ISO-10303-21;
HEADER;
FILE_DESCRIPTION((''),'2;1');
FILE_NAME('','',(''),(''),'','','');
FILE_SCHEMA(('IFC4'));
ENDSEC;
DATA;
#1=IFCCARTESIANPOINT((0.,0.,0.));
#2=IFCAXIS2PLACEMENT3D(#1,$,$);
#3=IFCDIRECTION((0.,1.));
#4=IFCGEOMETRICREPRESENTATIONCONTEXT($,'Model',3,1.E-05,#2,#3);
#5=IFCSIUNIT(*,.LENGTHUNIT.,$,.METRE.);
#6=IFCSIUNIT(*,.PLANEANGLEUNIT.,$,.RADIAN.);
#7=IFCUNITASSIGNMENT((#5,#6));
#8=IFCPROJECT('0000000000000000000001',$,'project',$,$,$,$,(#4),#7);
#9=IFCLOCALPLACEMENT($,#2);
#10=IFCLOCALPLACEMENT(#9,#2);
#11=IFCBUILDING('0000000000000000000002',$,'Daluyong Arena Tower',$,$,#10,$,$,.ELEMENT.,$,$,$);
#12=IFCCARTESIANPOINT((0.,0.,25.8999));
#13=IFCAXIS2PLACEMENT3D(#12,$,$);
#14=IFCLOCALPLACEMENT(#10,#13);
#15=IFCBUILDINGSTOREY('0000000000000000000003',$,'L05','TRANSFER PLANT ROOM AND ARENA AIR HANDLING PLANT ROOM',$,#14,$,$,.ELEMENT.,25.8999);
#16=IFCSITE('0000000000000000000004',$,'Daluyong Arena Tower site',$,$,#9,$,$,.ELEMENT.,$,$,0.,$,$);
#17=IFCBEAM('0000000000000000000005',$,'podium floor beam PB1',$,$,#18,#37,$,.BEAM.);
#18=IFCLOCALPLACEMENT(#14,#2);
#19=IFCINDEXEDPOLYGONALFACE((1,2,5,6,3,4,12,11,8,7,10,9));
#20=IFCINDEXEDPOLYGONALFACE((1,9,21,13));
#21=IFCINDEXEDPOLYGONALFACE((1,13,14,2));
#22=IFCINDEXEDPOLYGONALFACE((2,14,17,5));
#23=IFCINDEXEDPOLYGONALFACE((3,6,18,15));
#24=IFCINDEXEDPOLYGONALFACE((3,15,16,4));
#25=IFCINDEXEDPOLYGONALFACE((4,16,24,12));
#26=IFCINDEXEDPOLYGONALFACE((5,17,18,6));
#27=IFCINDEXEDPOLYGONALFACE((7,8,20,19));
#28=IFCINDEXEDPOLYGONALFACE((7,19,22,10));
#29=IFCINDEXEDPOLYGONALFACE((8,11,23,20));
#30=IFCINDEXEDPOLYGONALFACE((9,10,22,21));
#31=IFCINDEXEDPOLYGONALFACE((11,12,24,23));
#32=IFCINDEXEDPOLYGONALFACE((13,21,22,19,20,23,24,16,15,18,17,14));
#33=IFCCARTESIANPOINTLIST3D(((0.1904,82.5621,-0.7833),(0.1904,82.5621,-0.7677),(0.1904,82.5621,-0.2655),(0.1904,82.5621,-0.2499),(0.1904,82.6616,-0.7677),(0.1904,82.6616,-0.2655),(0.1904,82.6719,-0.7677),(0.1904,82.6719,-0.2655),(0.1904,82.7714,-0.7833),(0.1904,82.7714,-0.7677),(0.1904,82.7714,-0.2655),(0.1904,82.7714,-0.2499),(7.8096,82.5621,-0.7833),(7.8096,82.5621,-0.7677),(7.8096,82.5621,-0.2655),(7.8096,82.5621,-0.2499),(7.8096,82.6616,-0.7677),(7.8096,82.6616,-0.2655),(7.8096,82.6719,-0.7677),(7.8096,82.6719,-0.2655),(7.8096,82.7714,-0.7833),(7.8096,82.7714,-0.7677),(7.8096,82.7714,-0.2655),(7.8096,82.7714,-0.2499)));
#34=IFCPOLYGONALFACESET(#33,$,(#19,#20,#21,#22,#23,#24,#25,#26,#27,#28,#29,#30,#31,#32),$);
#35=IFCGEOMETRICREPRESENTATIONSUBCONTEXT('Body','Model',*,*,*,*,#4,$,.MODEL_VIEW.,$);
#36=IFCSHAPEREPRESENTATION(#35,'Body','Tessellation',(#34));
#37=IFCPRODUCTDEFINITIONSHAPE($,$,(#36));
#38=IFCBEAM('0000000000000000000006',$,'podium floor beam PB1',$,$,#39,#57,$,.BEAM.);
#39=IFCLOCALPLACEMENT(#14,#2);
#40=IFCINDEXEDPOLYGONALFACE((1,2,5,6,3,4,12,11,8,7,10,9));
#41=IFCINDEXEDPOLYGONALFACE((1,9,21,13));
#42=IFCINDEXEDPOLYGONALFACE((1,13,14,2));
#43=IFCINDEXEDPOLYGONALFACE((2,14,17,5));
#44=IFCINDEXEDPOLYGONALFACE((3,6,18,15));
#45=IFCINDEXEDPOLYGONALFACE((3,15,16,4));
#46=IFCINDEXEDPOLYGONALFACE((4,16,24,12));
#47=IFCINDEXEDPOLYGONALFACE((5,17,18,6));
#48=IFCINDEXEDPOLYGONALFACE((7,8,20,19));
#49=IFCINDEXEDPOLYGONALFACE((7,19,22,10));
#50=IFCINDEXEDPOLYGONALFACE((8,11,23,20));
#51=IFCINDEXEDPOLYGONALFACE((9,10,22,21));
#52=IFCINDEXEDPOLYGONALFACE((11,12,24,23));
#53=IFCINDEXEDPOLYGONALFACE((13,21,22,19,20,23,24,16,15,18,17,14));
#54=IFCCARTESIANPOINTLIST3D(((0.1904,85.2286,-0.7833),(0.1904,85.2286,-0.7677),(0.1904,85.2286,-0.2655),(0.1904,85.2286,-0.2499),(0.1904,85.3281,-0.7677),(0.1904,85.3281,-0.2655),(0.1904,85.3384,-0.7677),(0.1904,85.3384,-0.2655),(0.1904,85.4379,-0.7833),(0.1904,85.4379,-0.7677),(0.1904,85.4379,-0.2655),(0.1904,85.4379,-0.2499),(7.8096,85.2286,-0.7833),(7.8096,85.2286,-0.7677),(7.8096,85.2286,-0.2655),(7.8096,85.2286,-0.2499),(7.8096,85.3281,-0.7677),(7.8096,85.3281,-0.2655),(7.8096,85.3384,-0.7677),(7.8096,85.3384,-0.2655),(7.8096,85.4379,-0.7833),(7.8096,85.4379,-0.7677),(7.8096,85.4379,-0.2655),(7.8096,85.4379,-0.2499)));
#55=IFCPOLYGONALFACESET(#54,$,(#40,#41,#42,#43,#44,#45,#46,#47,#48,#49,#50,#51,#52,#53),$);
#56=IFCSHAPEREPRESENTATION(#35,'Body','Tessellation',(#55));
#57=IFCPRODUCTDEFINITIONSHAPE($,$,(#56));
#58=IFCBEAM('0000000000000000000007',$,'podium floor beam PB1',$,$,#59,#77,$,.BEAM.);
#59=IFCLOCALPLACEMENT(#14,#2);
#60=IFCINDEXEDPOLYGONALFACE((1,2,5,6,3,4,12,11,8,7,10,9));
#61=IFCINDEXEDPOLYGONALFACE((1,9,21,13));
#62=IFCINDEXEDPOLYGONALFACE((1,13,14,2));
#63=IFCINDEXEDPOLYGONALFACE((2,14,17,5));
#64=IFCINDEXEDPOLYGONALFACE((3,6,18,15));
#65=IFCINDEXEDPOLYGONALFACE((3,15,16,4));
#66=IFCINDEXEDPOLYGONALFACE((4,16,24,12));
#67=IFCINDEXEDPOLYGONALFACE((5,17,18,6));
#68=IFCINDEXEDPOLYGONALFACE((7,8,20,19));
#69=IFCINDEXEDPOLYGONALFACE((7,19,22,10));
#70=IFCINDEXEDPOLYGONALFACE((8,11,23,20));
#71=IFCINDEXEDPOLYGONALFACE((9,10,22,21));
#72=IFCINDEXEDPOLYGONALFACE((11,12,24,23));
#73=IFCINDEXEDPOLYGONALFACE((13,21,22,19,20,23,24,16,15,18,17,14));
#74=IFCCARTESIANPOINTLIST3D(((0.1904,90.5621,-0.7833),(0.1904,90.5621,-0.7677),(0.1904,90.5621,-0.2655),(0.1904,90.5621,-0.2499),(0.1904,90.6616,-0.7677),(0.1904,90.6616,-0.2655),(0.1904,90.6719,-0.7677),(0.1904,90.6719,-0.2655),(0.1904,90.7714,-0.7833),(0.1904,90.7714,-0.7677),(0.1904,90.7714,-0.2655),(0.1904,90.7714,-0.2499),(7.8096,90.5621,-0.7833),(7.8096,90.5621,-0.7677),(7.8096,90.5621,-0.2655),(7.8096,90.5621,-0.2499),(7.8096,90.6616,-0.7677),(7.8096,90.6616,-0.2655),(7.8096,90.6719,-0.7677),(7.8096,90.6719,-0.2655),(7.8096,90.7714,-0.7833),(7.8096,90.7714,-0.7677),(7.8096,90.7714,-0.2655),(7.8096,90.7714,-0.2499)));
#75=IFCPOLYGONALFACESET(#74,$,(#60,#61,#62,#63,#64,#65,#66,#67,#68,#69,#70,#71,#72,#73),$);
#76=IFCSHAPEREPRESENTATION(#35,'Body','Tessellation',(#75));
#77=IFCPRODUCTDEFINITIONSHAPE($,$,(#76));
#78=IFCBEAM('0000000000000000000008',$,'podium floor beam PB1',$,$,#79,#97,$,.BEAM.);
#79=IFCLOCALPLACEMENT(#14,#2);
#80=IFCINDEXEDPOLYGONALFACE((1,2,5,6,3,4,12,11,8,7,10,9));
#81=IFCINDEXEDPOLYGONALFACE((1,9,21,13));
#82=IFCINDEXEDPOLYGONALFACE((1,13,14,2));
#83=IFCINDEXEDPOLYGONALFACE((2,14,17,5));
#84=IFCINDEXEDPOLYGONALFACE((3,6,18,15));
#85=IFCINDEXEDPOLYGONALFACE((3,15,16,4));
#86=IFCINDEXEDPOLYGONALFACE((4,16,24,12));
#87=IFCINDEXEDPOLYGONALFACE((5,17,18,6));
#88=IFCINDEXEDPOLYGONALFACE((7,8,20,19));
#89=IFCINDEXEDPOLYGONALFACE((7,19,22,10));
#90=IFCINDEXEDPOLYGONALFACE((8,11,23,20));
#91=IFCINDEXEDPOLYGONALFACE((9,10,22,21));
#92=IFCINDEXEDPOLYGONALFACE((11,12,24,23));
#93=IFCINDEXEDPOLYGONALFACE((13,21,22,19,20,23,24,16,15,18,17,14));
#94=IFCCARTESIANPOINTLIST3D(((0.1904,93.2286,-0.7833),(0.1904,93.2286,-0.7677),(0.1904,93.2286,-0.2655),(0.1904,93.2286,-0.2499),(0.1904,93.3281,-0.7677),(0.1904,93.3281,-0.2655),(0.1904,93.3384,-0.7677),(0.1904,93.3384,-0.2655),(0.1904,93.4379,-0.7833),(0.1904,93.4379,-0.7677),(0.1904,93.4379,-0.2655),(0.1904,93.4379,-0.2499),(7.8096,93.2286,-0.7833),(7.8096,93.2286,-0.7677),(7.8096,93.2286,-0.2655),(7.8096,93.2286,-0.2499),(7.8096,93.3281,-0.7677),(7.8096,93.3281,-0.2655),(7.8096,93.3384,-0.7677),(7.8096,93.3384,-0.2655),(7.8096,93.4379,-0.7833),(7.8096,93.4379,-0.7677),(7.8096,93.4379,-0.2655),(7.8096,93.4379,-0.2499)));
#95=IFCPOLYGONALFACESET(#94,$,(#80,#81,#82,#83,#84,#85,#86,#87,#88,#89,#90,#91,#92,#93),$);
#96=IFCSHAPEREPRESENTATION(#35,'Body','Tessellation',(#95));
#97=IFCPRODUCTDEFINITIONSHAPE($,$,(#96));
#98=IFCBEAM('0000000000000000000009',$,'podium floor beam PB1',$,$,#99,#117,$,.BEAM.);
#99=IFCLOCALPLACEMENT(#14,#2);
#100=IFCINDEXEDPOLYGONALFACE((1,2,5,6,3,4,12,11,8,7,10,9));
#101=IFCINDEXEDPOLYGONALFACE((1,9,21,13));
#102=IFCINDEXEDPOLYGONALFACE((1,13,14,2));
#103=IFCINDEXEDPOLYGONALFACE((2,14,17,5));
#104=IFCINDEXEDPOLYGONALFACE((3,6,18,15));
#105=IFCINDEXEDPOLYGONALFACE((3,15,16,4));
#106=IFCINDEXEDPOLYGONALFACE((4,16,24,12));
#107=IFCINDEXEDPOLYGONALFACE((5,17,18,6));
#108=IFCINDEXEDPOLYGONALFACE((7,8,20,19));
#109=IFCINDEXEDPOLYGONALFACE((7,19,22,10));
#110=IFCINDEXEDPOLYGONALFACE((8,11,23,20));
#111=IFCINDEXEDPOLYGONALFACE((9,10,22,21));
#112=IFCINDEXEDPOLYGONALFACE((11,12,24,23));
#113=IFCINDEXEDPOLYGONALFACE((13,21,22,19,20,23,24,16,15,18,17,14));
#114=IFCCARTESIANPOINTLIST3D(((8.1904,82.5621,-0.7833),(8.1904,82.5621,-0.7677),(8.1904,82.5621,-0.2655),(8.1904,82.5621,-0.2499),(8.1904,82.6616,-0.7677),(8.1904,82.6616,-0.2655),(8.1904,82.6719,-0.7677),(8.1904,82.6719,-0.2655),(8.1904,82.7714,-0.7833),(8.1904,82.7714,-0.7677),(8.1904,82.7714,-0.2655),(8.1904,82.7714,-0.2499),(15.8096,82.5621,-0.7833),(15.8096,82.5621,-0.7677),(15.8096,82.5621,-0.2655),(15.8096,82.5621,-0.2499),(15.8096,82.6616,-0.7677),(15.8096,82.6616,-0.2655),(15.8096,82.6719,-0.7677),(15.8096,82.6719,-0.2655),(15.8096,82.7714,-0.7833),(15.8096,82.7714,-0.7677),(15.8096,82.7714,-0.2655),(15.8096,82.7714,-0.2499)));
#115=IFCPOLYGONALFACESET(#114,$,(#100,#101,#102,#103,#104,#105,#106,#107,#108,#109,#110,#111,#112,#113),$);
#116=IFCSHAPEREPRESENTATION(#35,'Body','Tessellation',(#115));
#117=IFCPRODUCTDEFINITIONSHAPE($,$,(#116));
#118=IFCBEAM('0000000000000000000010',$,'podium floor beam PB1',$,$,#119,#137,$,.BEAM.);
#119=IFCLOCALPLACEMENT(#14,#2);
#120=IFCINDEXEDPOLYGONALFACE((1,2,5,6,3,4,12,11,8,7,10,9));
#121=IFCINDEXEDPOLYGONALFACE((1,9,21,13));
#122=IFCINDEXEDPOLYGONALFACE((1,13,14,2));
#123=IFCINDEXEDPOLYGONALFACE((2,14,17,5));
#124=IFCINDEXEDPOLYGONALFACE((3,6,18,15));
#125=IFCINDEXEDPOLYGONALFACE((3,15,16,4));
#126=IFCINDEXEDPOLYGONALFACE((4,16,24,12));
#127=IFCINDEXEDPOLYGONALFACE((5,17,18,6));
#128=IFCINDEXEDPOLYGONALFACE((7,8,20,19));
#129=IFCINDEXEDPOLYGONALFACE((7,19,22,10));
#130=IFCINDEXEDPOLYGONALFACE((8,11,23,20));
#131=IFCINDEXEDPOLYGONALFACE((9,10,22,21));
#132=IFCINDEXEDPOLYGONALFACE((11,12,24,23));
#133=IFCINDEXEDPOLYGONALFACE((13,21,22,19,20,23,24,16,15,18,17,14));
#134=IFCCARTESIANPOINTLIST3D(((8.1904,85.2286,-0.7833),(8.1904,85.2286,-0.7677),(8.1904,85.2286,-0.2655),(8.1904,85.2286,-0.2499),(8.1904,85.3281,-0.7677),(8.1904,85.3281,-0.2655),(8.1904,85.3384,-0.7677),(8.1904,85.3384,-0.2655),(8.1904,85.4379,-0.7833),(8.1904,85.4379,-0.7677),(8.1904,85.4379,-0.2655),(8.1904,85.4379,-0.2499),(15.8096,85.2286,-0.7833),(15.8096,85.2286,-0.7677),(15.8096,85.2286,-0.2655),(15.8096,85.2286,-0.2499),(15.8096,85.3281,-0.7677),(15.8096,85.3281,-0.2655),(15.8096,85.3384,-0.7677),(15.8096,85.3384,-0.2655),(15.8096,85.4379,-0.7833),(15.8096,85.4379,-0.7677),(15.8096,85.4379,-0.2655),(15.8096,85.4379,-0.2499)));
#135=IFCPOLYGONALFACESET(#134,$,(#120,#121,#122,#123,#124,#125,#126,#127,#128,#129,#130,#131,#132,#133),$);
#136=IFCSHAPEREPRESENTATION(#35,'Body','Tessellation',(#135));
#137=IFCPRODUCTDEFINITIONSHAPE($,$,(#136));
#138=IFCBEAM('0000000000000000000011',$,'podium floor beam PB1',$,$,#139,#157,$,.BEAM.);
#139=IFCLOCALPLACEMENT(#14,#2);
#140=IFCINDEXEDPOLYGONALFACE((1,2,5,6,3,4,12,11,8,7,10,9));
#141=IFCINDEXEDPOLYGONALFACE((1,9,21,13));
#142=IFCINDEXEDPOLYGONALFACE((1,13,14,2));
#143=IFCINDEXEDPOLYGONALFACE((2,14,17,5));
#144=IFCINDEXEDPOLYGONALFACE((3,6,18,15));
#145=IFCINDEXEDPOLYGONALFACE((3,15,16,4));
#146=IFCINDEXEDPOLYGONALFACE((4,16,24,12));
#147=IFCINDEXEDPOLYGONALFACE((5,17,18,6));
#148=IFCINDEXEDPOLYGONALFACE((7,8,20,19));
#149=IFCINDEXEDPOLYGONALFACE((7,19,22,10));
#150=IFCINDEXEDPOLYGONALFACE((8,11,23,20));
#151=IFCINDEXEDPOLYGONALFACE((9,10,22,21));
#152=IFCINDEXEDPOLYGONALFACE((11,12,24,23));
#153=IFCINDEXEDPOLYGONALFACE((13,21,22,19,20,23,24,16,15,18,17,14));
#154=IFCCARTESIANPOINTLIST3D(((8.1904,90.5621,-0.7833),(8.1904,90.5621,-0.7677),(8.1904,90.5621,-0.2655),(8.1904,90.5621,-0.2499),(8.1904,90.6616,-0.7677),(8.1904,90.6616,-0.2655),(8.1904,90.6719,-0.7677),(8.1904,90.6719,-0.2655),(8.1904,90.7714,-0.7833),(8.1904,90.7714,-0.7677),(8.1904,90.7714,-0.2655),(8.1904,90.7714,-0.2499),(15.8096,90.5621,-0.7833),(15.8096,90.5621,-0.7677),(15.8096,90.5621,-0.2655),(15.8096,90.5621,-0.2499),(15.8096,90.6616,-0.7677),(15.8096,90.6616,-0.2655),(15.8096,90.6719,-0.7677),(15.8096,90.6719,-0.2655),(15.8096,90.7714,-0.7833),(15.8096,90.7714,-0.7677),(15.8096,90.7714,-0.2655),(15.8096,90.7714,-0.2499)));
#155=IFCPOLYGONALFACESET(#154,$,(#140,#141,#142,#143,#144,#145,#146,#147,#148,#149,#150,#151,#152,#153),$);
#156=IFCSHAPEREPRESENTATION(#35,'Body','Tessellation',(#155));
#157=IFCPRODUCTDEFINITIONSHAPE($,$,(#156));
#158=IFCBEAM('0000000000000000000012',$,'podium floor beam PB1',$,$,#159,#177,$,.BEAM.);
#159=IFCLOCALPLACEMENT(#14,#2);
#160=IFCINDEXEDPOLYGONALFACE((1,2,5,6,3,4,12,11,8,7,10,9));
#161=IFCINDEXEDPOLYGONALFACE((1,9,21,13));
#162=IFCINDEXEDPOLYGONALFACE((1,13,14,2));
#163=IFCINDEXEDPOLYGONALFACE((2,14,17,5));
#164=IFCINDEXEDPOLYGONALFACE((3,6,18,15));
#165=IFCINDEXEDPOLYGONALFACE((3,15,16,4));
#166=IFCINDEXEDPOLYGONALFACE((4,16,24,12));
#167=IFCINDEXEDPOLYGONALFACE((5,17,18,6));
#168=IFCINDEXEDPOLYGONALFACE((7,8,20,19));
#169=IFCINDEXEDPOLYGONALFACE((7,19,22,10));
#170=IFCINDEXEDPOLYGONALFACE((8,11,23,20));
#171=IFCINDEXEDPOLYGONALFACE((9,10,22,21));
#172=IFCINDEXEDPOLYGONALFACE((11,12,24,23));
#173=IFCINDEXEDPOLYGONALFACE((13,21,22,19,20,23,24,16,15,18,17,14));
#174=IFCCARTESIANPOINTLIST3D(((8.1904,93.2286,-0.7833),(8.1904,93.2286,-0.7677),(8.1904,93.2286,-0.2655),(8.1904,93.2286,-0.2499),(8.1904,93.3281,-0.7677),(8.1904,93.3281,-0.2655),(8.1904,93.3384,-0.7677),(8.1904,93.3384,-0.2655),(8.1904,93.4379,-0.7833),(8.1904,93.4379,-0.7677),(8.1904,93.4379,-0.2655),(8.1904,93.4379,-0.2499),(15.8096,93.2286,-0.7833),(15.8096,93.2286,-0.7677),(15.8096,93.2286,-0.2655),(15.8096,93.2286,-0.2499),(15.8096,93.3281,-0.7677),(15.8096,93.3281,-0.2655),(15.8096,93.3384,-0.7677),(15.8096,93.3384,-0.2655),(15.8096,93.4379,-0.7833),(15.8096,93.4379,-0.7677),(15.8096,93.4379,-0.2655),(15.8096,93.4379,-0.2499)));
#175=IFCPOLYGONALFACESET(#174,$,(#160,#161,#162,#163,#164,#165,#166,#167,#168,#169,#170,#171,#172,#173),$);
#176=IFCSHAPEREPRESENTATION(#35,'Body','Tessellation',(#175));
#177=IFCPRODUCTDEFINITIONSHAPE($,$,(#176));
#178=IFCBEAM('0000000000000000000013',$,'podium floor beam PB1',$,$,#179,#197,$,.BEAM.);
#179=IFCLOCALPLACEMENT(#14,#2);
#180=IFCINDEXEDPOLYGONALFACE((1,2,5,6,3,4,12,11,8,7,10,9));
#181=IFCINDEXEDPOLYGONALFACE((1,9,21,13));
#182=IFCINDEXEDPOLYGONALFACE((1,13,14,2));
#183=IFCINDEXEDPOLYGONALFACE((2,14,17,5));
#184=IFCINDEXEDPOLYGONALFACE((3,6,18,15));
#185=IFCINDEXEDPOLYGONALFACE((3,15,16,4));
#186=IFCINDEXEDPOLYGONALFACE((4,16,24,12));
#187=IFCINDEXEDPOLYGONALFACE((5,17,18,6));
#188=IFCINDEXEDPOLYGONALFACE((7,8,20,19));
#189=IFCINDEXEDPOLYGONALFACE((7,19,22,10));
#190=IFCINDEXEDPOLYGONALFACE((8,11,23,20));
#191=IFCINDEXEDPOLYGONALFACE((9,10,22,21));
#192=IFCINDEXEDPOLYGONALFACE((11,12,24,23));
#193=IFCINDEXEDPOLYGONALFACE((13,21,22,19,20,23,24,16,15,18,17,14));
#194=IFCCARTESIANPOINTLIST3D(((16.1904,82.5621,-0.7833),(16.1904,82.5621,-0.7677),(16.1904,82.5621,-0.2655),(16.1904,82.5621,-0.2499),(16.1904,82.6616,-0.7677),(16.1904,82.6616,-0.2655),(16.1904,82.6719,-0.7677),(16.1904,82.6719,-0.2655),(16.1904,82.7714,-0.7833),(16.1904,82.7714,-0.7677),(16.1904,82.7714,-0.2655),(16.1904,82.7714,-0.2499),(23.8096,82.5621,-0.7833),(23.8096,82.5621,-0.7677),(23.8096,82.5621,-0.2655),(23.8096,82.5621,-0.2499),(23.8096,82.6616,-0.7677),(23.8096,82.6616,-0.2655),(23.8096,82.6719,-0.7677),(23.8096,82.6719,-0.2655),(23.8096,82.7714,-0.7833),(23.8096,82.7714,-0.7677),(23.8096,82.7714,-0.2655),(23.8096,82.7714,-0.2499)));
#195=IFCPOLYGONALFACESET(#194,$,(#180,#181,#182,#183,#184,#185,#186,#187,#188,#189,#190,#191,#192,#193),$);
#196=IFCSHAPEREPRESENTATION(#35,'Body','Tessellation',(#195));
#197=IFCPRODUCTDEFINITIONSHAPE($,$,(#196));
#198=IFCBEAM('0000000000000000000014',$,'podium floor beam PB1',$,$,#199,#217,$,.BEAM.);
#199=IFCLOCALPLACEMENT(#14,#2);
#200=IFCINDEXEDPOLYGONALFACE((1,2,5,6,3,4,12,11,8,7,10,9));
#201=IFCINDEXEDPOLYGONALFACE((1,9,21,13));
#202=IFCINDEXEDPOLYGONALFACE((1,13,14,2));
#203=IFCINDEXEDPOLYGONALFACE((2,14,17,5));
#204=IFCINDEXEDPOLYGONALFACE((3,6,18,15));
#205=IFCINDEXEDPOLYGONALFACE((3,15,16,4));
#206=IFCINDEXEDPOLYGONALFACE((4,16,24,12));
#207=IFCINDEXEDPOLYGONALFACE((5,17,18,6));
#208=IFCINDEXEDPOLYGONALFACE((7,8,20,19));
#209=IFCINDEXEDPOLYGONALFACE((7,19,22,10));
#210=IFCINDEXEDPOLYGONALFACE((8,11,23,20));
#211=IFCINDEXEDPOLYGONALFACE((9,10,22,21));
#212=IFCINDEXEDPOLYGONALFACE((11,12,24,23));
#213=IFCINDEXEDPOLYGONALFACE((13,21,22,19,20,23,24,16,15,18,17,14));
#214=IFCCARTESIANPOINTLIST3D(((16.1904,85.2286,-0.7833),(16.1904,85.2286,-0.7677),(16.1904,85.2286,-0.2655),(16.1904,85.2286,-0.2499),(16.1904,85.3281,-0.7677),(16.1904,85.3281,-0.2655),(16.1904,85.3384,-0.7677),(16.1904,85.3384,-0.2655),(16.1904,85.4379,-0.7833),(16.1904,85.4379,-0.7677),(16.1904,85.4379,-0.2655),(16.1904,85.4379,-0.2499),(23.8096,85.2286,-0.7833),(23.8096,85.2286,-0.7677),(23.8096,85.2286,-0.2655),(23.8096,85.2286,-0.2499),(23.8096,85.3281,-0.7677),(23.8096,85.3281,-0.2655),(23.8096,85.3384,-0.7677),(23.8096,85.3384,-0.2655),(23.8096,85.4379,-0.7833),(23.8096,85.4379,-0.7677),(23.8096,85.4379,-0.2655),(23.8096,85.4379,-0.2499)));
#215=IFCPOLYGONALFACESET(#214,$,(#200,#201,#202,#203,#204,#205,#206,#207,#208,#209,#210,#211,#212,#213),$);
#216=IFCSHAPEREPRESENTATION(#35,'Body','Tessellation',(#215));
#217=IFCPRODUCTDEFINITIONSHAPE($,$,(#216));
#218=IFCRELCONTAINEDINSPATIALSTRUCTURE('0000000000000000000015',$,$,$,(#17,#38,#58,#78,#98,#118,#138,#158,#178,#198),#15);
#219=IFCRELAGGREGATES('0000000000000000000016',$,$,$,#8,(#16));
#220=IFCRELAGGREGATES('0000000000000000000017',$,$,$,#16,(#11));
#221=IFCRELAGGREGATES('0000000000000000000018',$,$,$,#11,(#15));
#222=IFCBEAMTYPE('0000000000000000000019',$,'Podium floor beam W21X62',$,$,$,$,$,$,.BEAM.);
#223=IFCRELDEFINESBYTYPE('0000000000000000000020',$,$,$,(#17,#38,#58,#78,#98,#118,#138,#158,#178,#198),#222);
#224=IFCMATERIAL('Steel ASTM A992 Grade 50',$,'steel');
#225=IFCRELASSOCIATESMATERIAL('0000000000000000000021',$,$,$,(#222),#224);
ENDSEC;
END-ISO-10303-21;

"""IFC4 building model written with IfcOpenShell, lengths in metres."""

from ifc_helpers import new_model, si_unit, direction, frame, origin, origin_2d, place, context, subcontext, project, spatial, i_section, extrude, material, material_profile, profile_set, type_object, element, save


model = new_model("IFC4")

# Units and contexts
model_context = context("Model", 3, precision=1e-05, world=origin(), true_north=direction((0.0, 1.0)))
body_context = subcontext(model_context, "Body", "Model", "MODEL_VIEW")
ifc_project = project(units=[si_unit("LENGTHUNIT", "METRE"), si_unit("PLANEANGLEUNIT", "RADIAN")], contexts=[model_context])

# Site, building, storey
site_placement = place(None, origin())
site = spatial("IfcSite", under=ifc_project, at=site_placement, Name="Daluyong Arena Tower site", CompositionType="ELEMENT", RefElevation=0.0)
building_placement = place(site_placement, origin())
building = spatial("IfcBuilding", under=site, at=building_placement, Name="Daluyong Arena Tower", CompositionType="ELEMENT")
storey_placement = place(building_placement, frame((0.0, 0.0, 25.8999)))
storey = spatial("IfcBuildingStorey", under=building, at=storey_placement, Name="L05", Description="TRANSFER PLANT ROOM AND ARENA AIR HANDLING PLANT ROOM", CompositionType="ELEMENT", Elevation=25.8999)

# Beams
ifc_material_1 = material(Name="Steel ASTM A992 Grade 50", Category="steel")
ifc_material_profile_1 = material_profile(ifc_material_1, i_section(OverallWidth=0.2092, OverallDepth=0.5334, WebThickness=0.0103, FlangeThickness=0.0156, at=origin_2d()))
ifc_profile_set_1 = profile_set([ifc_material_profile_1], Name="Steel ASTM A992 Grade 50")
beam_type_1 = type_object("IfcBeamType", Name="Podium floor beam W21X62", PredefinedType="BEAM", material=ifc_profile_set_1)
for number, where, z_axis, x_axis, name in (
    (1, (0.1904, 82.6667, -0.5166), (1.0, 0.0, 0.0), (0.0, 1.0, 0.0), "podium floor beam PB1"),
    (2, (0.1904, 85.3333, -0.5166), (1.0, 0.0, 0.0), (0.0, 1.0, 0.0), "podium floor beam PB1"),
    (3, (0.1904, 90.6667, -0.5166), (1.0, 0.0, 0.0), (0.0, 1.0, 0.0), "podium floor beam PB1"),
    (4, (0.1904, 93.3333, -0.5166), (1.0, 0.0, 0.0), (0.0, 1.0, 0.0), "podium floor beam PB1"),
    (5, (8.1904, 82.6667, -0.5166), (1.0, 0.0, 0.0), (0.0, 1.0, 0.0), "podium floor beam PB1"),
    (6, (8.1904, 85.3333, -0.5166), (1.0, 0.0, 0.0), (0.0, 1.0, 0.0), "podium floor beam PB1"),
    (7, (8.1904, 90.6667, -0.5166), (1.0, 0.0, 0.0), (0.0, 1.0, 0.0), "podium floor beam PB1"),
    (8, (8.1904, 93.3333, -0.5166), (1.0, 0.0, 0.0), (0.0, 1.0, 0.0), "podium floor beam PB1"),
    (9, (16.1904, 82.6667, -0.5166), (1.0, 0.0, 0.0), (0.0, 1.0, 0.0), "podium floor beam PB1"),
    (10, (16.1904, 85.3333, -0.5166), (1.0, 0.0, 0.0), (0.0, 1.0, 0.0), "podium floor beam PB1"),
):
    element("IfcBeam", number, at=place(storey_placement, frame(where, z_axis=z_axis, x_axis=x_axis)), inside=storey, type_object=beam_type_1, Name=name, PredefinedType="BEAM", context=body_context, shape_type="SweptSolid", body=[
        extrude(i_section(OverallWidth=0.2092, OverallDepth=0.5334, WebThickness=0.0103, FlangeThickness=0.0156, at=origin_2d()), origin(), (0.0, 0.0, 1.0), 7.6191),
    ])

save(model, "model.ifc")
